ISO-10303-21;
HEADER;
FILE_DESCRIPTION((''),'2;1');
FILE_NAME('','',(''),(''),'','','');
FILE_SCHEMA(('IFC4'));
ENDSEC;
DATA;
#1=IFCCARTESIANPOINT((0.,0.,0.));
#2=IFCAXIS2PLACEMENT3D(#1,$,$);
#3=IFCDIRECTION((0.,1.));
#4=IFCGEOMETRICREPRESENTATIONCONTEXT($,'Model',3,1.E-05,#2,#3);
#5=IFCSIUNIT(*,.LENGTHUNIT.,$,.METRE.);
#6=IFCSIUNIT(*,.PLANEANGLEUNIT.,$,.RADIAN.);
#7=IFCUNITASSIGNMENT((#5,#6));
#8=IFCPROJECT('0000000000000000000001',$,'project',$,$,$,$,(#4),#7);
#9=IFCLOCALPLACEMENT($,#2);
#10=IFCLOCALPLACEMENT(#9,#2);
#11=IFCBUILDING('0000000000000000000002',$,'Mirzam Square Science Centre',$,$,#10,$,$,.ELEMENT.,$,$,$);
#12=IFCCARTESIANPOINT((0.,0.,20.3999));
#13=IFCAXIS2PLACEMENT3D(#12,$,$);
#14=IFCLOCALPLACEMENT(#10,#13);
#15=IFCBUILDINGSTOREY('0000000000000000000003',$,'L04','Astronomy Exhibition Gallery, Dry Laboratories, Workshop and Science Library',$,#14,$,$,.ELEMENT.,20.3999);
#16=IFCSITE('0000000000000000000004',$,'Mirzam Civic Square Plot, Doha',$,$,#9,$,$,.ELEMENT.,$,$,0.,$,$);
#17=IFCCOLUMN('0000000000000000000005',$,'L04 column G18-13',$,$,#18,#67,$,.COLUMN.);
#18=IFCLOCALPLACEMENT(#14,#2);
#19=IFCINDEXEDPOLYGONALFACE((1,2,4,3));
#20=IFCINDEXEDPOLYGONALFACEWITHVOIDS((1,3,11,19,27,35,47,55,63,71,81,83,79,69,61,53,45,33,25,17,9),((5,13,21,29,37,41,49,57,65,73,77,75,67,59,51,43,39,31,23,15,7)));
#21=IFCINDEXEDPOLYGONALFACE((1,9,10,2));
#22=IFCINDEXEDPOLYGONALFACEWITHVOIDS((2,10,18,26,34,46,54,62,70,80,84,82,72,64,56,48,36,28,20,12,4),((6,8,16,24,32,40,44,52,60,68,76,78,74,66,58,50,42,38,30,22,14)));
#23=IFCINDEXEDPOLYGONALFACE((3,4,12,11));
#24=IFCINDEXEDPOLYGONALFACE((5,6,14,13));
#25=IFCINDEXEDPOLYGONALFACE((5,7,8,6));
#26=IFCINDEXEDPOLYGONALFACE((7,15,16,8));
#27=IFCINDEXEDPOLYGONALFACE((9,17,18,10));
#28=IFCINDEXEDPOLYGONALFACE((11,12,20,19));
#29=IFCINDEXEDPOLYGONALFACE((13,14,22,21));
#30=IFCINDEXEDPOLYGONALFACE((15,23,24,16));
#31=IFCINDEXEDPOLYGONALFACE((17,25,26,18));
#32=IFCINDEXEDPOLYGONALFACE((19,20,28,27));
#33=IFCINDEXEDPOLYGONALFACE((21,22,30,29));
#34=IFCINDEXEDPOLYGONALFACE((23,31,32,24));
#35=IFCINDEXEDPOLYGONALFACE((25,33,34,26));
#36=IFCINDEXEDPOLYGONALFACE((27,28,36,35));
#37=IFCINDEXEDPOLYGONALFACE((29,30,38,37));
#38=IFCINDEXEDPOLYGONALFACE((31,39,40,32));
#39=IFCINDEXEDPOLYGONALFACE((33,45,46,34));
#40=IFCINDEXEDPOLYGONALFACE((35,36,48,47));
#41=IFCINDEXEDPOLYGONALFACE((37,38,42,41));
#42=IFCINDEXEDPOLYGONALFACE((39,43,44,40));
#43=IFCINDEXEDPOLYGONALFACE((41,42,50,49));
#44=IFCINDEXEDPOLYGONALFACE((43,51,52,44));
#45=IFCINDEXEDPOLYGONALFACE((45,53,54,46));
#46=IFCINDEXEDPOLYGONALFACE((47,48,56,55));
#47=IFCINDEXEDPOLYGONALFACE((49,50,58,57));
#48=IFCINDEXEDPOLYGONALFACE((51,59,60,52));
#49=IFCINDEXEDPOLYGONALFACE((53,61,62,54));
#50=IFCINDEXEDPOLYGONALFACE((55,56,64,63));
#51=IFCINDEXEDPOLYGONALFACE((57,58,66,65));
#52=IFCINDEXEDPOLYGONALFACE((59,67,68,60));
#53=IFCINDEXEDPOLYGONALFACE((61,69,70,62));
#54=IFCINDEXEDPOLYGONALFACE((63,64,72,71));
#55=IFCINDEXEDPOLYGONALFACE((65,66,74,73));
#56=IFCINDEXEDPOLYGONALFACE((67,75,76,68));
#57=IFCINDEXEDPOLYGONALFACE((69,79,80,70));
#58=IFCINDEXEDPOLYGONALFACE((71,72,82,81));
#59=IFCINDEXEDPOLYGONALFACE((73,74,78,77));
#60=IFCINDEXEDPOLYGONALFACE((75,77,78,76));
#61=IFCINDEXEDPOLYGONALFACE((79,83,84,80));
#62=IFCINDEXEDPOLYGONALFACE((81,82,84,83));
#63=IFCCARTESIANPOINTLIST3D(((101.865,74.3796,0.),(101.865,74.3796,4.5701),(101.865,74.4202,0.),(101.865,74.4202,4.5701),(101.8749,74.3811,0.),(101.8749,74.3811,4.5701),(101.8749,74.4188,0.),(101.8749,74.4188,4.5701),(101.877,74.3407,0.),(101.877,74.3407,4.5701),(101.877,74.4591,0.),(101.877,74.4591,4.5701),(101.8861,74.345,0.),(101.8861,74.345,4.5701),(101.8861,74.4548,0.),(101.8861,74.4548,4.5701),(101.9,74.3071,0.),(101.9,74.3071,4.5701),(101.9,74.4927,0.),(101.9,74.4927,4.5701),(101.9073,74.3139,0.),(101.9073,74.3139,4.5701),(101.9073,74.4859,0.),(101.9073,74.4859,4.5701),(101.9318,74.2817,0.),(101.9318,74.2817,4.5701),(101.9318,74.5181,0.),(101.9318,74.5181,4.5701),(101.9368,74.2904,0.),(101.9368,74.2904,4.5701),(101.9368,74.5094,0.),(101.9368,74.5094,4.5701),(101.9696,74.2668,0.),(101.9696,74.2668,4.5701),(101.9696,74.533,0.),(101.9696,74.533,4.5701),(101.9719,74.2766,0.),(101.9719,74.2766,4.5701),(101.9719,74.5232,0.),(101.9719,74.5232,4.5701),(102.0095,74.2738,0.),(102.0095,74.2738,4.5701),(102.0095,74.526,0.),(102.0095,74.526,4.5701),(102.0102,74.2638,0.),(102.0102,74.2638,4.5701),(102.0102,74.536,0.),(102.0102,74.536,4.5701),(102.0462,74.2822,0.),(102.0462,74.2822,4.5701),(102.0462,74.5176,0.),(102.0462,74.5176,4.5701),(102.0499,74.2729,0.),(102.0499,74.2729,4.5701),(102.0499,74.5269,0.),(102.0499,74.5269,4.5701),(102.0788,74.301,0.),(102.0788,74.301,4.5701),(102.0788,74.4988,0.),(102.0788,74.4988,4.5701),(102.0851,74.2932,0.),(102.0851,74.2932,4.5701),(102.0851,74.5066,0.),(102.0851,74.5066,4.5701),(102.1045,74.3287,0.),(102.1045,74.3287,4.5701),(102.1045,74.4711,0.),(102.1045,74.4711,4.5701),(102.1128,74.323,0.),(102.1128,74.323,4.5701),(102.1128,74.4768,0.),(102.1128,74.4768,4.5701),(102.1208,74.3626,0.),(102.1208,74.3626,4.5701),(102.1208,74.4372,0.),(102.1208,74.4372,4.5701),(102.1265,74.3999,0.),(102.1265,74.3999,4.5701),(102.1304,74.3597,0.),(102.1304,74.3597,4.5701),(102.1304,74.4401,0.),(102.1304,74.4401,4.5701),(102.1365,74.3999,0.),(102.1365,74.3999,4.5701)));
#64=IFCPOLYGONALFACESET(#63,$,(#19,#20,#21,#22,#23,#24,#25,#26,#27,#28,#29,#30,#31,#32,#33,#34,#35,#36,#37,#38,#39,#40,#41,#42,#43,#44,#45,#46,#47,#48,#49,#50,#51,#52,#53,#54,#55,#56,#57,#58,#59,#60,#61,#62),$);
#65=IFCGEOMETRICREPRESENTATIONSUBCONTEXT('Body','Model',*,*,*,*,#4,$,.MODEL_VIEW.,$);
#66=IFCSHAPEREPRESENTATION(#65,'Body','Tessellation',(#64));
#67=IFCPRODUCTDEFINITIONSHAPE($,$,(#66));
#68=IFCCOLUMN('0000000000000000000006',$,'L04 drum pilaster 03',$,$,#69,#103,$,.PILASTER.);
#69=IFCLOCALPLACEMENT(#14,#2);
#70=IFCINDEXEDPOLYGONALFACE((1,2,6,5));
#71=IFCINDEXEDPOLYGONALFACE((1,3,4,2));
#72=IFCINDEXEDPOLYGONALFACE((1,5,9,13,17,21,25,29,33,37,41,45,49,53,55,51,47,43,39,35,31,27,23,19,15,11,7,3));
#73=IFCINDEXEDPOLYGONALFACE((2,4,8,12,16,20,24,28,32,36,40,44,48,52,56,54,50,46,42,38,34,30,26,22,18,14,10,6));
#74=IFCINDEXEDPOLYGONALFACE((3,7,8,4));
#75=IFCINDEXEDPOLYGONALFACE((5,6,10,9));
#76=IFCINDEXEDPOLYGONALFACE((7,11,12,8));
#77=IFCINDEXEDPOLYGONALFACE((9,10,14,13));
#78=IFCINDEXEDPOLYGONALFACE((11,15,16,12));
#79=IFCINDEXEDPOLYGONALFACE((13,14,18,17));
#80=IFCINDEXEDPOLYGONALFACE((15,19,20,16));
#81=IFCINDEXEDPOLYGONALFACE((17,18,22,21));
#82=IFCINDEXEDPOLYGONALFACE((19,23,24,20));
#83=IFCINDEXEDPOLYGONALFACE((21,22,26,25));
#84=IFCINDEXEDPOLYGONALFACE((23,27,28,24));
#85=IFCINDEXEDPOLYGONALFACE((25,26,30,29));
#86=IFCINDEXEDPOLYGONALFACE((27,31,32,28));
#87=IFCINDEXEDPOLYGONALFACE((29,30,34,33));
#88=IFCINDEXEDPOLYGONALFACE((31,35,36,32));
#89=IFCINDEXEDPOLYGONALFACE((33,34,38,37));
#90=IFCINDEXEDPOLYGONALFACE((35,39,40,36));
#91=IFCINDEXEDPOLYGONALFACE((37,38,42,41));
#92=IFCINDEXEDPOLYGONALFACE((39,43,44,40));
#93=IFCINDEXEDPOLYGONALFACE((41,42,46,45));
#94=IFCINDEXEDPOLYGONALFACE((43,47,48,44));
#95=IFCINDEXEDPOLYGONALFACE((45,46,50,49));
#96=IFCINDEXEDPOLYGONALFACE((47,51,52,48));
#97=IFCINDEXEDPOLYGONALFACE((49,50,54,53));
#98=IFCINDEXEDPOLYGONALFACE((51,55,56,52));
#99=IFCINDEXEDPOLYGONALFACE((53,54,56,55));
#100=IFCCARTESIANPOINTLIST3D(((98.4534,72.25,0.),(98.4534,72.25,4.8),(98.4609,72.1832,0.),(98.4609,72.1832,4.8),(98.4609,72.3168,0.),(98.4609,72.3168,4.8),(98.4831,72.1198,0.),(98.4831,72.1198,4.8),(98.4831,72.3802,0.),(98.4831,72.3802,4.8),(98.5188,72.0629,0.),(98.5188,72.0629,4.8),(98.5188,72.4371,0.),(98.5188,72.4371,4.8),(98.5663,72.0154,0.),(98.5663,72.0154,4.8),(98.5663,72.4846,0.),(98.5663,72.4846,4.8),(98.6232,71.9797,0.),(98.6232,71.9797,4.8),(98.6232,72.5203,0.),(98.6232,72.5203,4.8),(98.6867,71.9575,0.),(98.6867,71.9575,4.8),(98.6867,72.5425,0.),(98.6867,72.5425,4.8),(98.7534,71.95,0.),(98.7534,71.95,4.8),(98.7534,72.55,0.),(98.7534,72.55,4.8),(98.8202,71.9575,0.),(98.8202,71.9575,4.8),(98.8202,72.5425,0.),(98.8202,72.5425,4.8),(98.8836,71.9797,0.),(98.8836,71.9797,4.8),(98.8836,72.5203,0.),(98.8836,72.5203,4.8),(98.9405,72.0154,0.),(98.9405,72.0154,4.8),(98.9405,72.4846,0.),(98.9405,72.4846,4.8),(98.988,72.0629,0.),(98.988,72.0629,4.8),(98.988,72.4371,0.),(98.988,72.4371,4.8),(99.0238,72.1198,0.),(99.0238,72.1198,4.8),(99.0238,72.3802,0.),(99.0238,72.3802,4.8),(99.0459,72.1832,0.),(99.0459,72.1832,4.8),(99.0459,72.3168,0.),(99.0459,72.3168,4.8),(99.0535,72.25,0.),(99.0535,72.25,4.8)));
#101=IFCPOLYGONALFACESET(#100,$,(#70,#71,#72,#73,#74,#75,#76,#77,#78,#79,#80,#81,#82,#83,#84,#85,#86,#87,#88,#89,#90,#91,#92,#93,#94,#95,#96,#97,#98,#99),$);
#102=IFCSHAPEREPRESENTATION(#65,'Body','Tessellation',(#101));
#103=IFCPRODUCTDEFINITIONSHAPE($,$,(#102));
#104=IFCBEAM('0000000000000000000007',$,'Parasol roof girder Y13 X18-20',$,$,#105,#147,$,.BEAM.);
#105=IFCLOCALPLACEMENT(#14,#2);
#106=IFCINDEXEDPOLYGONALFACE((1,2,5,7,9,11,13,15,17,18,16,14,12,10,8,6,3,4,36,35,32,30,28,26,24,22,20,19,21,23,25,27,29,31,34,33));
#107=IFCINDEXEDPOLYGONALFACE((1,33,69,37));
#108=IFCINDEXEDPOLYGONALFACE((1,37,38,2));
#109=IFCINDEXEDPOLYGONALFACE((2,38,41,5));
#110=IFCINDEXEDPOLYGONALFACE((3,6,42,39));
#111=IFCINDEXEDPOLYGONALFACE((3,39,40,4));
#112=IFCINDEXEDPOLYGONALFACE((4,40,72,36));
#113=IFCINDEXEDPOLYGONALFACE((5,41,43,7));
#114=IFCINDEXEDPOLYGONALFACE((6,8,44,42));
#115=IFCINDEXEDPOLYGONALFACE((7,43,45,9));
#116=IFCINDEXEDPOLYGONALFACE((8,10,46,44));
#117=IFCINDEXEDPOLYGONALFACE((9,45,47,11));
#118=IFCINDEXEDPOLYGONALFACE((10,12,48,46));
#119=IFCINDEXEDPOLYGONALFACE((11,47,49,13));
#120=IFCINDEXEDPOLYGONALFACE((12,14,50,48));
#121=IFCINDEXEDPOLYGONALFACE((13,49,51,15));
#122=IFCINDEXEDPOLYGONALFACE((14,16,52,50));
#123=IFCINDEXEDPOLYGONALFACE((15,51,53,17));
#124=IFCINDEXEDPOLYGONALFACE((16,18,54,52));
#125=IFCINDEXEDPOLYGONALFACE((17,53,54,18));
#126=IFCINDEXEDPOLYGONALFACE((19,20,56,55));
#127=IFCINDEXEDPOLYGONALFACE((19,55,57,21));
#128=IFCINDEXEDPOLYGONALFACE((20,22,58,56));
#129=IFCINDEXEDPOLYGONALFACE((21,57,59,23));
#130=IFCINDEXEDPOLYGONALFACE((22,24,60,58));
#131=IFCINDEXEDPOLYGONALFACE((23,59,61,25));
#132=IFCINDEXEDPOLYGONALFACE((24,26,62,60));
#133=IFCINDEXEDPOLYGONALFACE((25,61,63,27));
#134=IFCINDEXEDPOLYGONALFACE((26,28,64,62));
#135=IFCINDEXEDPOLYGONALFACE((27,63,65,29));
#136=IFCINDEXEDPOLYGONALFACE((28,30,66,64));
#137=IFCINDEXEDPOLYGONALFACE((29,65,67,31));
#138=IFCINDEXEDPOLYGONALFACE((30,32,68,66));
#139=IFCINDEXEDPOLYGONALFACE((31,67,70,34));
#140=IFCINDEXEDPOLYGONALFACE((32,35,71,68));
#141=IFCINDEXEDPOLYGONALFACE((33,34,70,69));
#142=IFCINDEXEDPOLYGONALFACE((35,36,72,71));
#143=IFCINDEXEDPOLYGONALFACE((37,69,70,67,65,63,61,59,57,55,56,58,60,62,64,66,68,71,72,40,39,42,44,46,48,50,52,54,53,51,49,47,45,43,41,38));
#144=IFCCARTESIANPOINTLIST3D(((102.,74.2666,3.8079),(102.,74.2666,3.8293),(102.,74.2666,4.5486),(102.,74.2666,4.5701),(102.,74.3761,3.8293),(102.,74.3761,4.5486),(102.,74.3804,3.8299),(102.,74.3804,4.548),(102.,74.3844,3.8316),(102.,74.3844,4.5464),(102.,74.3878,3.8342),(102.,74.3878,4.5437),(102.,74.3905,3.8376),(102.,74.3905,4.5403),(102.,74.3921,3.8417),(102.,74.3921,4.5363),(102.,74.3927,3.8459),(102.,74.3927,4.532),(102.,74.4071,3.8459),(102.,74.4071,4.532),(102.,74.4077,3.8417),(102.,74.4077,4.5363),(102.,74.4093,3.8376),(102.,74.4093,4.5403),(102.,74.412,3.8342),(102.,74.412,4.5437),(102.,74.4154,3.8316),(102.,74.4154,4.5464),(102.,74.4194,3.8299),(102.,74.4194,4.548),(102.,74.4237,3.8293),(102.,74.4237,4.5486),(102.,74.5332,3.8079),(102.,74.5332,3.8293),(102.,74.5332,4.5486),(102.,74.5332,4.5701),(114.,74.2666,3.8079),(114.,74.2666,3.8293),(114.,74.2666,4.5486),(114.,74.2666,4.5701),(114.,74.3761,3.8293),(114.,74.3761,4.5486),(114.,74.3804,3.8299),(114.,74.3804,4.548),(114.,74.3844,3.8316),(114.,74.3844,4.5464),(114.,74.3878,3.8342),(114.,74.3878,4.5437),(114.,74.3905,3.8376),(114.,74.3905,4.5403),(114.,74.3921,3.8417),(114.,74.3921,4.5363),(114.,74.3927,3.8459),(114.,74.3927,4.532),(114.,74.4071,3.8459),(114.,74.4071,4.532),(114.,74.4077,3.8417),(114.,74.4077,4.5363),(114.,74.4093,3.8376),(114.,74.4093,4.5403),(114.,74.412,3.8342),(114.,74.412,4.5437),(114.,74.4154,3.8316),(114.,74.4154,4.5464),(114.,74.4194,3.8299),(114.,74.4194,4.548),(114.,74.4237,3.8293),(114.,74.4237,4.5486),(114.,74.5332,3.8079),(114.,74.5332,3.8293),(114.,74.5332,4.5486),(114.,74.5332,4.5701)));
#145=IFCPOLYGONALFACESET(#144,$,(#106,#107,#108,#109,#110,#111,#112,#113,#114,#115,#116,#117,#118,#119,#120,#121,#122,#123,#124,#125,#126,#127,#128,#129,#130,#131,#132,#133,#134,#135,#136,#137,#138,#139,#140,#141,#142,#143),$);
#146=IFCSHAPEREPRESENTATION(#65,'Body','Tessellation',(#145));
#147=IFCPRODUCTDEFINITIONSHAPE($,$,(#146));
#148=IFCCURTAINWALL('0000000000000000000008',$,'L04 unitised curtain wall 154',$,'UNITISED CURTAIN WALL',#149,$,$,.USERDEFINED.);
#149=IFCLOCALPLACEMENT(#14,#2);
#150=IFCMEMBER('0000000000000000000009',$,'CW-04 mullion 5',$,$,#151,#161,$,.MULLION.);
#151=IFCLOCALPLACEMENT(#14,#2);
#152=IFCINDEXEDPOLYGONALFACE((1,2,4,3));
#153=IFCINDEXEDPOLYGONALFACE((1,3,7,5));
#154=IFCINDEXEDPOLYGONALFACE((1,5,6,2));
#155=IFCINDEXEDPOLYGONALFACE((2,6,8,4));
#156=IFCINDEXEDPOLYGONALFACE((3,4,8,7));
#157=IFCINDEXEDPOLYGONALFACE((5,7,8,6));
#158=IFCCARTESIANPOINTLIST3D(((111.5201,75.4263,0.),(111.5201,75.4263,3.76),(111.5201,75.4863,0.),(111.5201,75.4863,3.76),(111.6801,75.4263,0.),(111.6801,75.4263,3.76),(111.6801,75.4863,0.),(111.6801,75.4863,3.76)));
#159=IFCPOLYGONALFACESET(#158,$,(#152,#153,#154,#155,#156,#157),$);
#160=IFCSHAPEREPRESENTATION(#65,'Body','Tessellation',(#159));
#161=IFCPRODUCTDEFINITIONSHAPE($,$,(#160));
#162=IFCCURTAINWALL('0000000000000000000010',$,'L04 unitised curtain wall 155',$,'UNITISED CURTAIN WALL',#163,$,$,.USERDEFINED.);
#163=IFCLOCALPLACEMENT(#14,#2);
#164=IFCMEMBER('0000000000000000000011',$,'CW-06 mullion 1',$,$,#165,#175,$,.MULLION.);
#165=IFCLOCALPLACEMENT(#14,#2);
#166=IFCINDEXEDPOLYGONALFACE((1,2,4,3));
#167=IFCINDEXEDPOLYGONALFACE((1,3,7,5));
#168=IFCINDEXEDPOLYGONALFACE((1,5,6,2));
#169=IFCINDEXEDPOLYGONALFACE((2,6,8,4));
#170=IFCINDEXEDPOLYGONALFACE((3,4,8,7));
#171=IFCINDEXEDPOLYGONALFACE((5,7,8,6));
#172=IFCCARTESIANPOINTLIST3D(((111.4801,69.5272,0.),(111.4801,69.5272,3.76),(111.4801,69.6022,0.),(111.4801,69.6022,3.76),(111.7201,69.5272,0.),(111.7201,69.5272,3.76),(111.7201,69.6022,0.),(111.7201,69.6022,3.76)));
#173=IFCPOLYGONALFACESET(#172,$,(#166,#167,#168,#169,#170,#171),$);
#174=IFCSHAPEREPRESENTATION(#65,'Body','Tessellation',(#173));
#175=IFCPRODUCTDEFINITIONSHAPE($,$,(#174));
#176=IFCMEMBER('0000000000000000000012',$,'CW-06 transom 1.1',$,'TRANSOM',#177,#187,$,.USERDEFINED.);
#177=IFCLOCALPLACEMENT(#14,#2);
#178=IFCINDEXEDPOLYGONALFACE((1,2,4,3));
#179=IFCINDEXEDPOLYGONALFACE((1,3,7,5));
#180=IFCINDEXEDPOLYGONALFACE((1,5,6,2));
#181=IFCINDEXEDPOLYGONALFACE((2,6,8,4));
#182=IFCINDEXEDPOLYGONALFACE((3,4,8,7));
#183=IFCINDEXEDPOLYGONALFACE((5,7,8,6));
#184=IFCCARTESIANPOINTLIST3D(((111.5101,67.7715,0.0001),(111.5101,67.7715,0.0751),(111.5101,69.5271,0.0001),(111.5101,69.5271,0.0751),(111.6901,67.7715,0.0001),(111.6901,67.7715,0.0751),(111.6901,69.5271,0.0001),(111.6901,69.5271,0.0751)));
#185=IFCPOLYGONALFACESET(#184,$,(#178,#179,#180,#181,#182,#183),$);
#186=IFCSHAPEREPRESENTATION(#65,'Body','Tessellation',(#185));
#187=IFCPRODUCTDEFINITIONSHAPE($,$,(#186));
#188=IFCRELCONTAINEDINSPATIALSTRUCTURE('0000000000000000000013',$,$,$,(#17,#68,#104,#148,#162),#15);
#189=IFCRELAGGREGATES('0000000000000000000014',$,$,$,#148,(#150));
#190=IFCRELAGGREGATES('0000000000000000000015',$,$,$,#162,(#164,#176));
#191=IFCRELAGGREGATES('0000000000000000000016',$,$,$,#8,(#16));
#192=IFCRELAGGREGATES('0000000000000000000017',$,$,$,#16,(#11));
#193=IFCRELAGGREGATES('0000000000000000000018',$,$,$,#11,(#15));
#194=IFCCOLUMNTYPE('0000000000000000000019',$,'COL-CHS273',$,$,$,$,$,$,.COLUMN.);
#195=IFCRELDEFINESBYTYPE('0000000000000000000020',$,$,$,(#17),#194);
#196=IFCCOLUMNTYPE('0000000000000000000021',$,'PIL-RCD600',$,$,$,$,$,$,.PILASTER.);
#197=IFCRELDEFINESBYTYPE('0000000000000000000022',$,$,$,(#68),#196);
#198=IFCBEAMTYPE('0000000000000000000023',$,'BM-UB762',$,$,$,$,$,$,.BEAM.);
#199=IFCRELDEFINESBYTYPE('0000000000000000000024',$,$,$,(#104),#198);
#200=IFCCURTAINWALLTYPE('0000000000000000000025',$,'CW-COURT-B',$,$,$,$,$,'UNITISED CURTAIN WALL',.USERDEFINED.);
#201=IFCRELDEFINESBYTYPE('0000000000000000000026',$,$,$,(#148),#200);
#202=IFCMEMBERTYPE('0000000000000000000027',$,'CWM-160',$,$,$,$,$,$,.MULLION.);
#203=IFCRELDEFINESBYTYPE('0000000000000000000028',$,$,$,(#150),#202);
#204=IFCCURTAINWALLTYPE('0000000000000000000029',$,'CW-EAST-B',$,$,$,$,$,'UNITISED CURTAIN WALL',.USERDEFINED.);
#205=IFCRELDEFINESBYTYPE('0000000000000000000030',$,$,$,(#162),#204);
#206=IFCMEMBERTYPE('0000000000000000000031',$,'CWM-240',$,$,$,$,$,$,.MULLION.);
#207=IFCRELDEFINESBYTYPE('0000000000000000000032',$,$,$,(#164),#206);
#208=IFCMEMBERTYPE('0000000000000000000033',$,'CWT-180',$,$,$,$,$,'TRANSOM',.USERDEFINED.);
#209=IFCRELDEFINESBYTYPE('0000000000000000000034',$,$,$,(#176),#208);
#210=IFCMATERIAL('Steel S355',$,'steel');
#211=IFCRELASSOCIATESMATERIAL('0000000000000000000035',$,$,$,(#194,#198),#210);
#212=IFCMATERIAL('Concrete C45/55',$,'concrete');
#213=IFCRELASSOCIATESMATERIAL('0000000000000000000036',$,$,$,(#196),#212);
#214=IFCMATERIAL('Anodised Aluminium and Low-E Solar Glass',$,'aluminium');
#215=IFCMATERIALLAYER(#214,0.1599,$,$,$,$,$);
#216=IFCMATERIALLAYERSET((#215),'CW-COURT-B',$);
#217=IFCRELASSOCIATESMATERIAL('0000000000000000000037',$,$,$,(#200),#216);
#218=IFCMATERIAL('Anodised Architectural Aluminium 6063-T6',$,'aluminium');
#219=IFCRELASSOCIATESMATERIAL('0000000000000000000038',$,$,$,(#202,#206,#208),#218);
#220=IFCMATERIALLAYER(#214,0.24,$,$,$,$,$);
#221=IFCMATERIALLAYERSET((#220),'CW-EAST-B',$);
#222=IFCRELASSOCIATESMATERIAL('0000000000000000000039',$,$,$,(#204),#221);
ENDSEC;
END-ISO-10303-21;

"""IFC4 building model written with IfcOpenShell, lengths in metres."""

from ifc_helpers import new_model, si_unit, direction, frame, origin, origin_2d, place, context, subcontext, project, spatial, rectangle, circle, hollow_circle, i_section, extrude, material, layer, layer_set, material_profile, profile_set, type_object, element, aggregate, save


model = new_model("IFC4")

# Units and contexts
model_context = context("Model", 3, precision=1e-05, world=origin(), true_north=direction((0.0, 1.0)))
body_context = subcontext(model_context, "Body", "Model", "MODEL_VIEW")
ifc_project = project(units=[si_unit("LENGTHUNIT", "METRE"), si_unit("PLANEANGLEUNIT", "RADIAN")], contexts=[model_context])

# Site, building, storey
site_placement = place(None, origin())
site = spatial("IfcSite", under=ifc_project, at=site_placement, Name="Mirzam Civic Square Plot, Doha", CompositionType="ELEMENT", RefElevation=0.0)
building_placement = place(site_placement, origin())
building = spatial("IfcBuilding", under=site, at=building_placement, Name="Mirzam Square Science Centre", CompositionType="ELEMENT")
storey_placement = place(building_placement, frame((0.0, 0.0, 20.3999)))
storey = spatial("IfcBuildingStorey", under=building, at=storey_placement, Name="L04", Description="Astronomy Exhibition Gallery, Dry Laboratories, Workshop and Science Library", CompositionType="ELEMENT", Elevation=20.3999)

# Columns
ifc_material_1 = material(Name="Steel S355", Category="steel")
ifc_material_profile_1 = material_profile(ifc_material_1, hollow_circle(Radius=0.1365, WallThickness=0.01, at=origin_2d()), Name="273.0x10.0CHS")
ifc_profile_set_1 = profile_set([ifc_material_profile_1], Name="Steel S355")
column_type_1 = type_object("IfcColumnType", Name="COL-CHS273", PredefinedType="COLUMN", material=ifc_profile_set_1)
column_1_placement = place(storey_placement, frame((102.0, 74.3999, 0.0), z_axis=(0.0, 0.0, 1.0), x_axis=(1.0, 0.0, 0.0)))
element("IfcColumn", 1, at=column_1_placement, inside=storey, type_object=column_type_1, Name="L04 column G18-13", PredefinedType="COLUMN", context=body_context, shape_type="SweptSolid", body=[
    extrude(hollow_circle(Radius=0.1365, WallThickness=0.01, at=origin_2d()), origin(), (0.0, 0.0, 1.0), 4.5701),
])
ifc_material_2 = material(Name="Concrete C45/55", Category="concrete")
ifc_material_profile_2 = material_profile(ifc_material_2, circle(Radius=0.3, at=origin_2d()), Name="RCD600")
ifc_profile_set_2 = profile_set([ifc_material_profile_2], Name="Concrete C45/55")
column_type_2 = type_object("IfcColumnType", Name="PIL-RCD600", PredefinedType="PILASTER", material=ifc_profile_set_2)
column_2_placement = place(storey_placement, frame((98.7534, 72.25, 0.0), z_axis=(0.0, 0.0, 1.0), x_axis=(1.0, 0.0, 0.0)))
element("IfcColumn", 2, at=column_2_placement, inside=storey, type_object=column_type_2, Name="L04 drum pilaster 03", PredefinedType="PILASTER", context=body_context, shape_type="SweptSolid", body=[
    extrude(circle(Radius=0.3, at=origin_2d()), origin(), (0.0, 0.0, 1.0), 4.8),
])

# Beam
ifc_material_profile_3 = material_profile(ifc_material_1, i_section(OverallWidth=0.2666, OverallDepth=0.7622, WebThickness=0.0144, FlangeThickness=0.0215, FilletRadius=0.0166, at=origin_2d()), Name="762x267x173UB")
ifc_profile_set_3 = profile_set([ifc_material_profile_3], Name="Steel S355")
beam_type_1 = type_object("IfcBeamType", Name="BM-UB762", PredefinedType="BEAM", material=ifc_profile_set_3)
beam_1_placement = place(storey_placement, frame((102.0, 74.3999, 4.189), z_axis=(1.0, 0.0, 0.0), x_axis=(0.0, 1.0, 0.0)))
element("IfcBeam", 3, at=beam_1_placement, inside=storey, type_object=beam_type_1, Name="Parasol roof girder Y13 X18-20", PredefinedType="BEAM", context=body_context, shape_type="SweptSolid", body=[
    extrude(i_section(OverallWidth=0.2666, OverallDepth=0.7622, WebThickness=0.0144, FlangeThickness=0.0215, FilletRadius=0.0166, at=origin_2d()), origin(), (0.0, 0.0, 1.0), 12.0),
])

# Curtain wall, member
ifc_material_3 = material(Name="Anodised Aluminium and Low-E Solar Glass", Category="aluminium")
ifc_layer_1 = layer(ifc_material_3, 0.1599)
ifc_layer_set_1 = layer_set([ifc_layer_1], Name="CW-COURT-B")
curtain_wall_type_1 = type_object("IfcCurtainWallType", Name="CW-COURT-B", ElementType="UNITISED CURTAIN WALL", PredefinedType="USERDEFINED", material=ifc_layer_set_1)
curtain_wall_1_placement = place(storey_placement, origin())
curtain_wall_1 = element("IfcCurtainWall", 4, at=curtain_wall_1_placement, inside=storey, type_object=curtain_wall_type_1, Name="L04 unitised curtain wall 154", ObjectType="UNITISED CURTAIN WALL", PredefinedType="USERDEFINED")
ifc_material_4 = material(Name="Anodised Architectural Aluminium 6063-T6", Category="aluminium")
ifc_material_profile_4 = material_profile(ifc_material_4, rectangle(XDim=0.0601, YDim=0.1599, at=origin_2d()), Name="ALU-MULL-160x60x4")
ifc_profile_set_4 = profile_set([ifc_material_profile_4], Name="Anodised Architectural Aluminium 6063-T6")
member_type_1 = type_object("IfcMemberType", Name="CWM-160", PredefinedType="MULLION", material=ifc_profile_set_4)
member_1_placement = place(storey_placement, frame((111.6001, 75.4563, 0.0), z_axis=(0.0, 0.0, 1.0), x_axis=(0.0, -1.0, 0.0)))
member_1 = element("IfcMember", 5, at=member_1_placement, type_object=member_type_1, Name="CW-04 mullion 5", PredefinedType="MULLION", context=body_context, shape_type="SweptSolid", body=[
    extrude(rectangle(XDim=0.0601, YDim=0.1599, at=origin_2d()), origin(), (0.0, 0.0, 1.0), 3.76),
])
aggregate(curtain_wall_1, [member_1])

# Curtain wall, members
ifc_layer_2 = layer(ifc_material_3, 0.24)
ifc_layer_set_2 = layer_set([ifc_layer_2], Name="CW-EAST-B")
curtain_wall_type_2 = type_object("IfcCurtainWallType", Name="CW-EAST-B", ElementType="UNITISED CURTAIN WALL", PredefinedType="USERDEFINED", material=ifc_layer_set_2)
curtain_wall_2_placement = place(storey_placement, origin())
curtain_wall_2 = element("IfcCurtainWall", 6, at=curtain_wall_2_placement, inside=storey, type_object=curtain_wall_type_2, Name="L04 unitised curtain wall 155", ObjectType="UNITISED CURTAIN WALL", PredefinedType="USERDEFINED")
ifc_material_profile_5 = material_profile(ifc_material_4, rectangle(XDim=0.075, YDim=0.24, at=origin_2d()), Name="ALU-MULL-240x75x5")
ifc_profile_set_5 = profile_set([ifc_material_profile_5], Name="Anodised Architectural Aluminium 6063-T6")
member_type_2 = type_object("IfcMemberType", Name="CWM-240", PredefinedType="MULLION", material=ifc_profile_set_5)
member_2_placement = place(storey_placement, frame((111.6001, 69.5647, 0.0), z_axis=(0.0, 0.0, 1.0), x_axis=(0.0, -1.0, 0.0)))
member_2 = element("IfcMember", 7, at=member_2_placement, type_object=member_type_2, Name="CW-06 mullion 1", PredefinedType="MULLION", context=body_context, shape_type="SweptSolid", body=[
    extrude(rectangle(XDim=0.075, YDim=0.24, at=origin_2d()), origin(), (0.0, 0.0, 1.0), 3.76),
])
ifc_material_profile_6 = material_profile(ifc_material_4, rectangle(XDim=0.1799, YDim=0.075, at=origin_2d()), Name="ALU-TRAN-180x75x5")
ifc_profile_set_6 = profile_set([ifc_material_profile_6], Name="Anodised Architectural Aluminium 6063-T6")
member_type_3 = type_object("IfcMemberType", Name="CWT-180", ElementType="TRANSOM", PredefinedType="USERDEFINED", material=ifc_profile_set_6)
member_3_placement = place(storey_placement, frame((111.6001, 69.5271, 0.0376), z_axis=(0.0, -1.0, 0.0), x_axis=(1.0, 0.0, 0.0)))
member_3 = element("IfcMember", 8, at=member_3_placement, type_object=member_type_3, Name="CW-06 transom 1.1", ObjectType="TRANSOM", PredefinedType="USERDEFINED", context=body_context, shape_type="SweptSolid", body=[
    extrude(rectangle(XDim=0.1799, YDim=0.075, at=origin_2d()), origin(), (0.0, 0.0, 1.0), 1.7556),
])

aggregate(curtain_wall_2, [member_2, member_3])

save(model, "model.ifc")
